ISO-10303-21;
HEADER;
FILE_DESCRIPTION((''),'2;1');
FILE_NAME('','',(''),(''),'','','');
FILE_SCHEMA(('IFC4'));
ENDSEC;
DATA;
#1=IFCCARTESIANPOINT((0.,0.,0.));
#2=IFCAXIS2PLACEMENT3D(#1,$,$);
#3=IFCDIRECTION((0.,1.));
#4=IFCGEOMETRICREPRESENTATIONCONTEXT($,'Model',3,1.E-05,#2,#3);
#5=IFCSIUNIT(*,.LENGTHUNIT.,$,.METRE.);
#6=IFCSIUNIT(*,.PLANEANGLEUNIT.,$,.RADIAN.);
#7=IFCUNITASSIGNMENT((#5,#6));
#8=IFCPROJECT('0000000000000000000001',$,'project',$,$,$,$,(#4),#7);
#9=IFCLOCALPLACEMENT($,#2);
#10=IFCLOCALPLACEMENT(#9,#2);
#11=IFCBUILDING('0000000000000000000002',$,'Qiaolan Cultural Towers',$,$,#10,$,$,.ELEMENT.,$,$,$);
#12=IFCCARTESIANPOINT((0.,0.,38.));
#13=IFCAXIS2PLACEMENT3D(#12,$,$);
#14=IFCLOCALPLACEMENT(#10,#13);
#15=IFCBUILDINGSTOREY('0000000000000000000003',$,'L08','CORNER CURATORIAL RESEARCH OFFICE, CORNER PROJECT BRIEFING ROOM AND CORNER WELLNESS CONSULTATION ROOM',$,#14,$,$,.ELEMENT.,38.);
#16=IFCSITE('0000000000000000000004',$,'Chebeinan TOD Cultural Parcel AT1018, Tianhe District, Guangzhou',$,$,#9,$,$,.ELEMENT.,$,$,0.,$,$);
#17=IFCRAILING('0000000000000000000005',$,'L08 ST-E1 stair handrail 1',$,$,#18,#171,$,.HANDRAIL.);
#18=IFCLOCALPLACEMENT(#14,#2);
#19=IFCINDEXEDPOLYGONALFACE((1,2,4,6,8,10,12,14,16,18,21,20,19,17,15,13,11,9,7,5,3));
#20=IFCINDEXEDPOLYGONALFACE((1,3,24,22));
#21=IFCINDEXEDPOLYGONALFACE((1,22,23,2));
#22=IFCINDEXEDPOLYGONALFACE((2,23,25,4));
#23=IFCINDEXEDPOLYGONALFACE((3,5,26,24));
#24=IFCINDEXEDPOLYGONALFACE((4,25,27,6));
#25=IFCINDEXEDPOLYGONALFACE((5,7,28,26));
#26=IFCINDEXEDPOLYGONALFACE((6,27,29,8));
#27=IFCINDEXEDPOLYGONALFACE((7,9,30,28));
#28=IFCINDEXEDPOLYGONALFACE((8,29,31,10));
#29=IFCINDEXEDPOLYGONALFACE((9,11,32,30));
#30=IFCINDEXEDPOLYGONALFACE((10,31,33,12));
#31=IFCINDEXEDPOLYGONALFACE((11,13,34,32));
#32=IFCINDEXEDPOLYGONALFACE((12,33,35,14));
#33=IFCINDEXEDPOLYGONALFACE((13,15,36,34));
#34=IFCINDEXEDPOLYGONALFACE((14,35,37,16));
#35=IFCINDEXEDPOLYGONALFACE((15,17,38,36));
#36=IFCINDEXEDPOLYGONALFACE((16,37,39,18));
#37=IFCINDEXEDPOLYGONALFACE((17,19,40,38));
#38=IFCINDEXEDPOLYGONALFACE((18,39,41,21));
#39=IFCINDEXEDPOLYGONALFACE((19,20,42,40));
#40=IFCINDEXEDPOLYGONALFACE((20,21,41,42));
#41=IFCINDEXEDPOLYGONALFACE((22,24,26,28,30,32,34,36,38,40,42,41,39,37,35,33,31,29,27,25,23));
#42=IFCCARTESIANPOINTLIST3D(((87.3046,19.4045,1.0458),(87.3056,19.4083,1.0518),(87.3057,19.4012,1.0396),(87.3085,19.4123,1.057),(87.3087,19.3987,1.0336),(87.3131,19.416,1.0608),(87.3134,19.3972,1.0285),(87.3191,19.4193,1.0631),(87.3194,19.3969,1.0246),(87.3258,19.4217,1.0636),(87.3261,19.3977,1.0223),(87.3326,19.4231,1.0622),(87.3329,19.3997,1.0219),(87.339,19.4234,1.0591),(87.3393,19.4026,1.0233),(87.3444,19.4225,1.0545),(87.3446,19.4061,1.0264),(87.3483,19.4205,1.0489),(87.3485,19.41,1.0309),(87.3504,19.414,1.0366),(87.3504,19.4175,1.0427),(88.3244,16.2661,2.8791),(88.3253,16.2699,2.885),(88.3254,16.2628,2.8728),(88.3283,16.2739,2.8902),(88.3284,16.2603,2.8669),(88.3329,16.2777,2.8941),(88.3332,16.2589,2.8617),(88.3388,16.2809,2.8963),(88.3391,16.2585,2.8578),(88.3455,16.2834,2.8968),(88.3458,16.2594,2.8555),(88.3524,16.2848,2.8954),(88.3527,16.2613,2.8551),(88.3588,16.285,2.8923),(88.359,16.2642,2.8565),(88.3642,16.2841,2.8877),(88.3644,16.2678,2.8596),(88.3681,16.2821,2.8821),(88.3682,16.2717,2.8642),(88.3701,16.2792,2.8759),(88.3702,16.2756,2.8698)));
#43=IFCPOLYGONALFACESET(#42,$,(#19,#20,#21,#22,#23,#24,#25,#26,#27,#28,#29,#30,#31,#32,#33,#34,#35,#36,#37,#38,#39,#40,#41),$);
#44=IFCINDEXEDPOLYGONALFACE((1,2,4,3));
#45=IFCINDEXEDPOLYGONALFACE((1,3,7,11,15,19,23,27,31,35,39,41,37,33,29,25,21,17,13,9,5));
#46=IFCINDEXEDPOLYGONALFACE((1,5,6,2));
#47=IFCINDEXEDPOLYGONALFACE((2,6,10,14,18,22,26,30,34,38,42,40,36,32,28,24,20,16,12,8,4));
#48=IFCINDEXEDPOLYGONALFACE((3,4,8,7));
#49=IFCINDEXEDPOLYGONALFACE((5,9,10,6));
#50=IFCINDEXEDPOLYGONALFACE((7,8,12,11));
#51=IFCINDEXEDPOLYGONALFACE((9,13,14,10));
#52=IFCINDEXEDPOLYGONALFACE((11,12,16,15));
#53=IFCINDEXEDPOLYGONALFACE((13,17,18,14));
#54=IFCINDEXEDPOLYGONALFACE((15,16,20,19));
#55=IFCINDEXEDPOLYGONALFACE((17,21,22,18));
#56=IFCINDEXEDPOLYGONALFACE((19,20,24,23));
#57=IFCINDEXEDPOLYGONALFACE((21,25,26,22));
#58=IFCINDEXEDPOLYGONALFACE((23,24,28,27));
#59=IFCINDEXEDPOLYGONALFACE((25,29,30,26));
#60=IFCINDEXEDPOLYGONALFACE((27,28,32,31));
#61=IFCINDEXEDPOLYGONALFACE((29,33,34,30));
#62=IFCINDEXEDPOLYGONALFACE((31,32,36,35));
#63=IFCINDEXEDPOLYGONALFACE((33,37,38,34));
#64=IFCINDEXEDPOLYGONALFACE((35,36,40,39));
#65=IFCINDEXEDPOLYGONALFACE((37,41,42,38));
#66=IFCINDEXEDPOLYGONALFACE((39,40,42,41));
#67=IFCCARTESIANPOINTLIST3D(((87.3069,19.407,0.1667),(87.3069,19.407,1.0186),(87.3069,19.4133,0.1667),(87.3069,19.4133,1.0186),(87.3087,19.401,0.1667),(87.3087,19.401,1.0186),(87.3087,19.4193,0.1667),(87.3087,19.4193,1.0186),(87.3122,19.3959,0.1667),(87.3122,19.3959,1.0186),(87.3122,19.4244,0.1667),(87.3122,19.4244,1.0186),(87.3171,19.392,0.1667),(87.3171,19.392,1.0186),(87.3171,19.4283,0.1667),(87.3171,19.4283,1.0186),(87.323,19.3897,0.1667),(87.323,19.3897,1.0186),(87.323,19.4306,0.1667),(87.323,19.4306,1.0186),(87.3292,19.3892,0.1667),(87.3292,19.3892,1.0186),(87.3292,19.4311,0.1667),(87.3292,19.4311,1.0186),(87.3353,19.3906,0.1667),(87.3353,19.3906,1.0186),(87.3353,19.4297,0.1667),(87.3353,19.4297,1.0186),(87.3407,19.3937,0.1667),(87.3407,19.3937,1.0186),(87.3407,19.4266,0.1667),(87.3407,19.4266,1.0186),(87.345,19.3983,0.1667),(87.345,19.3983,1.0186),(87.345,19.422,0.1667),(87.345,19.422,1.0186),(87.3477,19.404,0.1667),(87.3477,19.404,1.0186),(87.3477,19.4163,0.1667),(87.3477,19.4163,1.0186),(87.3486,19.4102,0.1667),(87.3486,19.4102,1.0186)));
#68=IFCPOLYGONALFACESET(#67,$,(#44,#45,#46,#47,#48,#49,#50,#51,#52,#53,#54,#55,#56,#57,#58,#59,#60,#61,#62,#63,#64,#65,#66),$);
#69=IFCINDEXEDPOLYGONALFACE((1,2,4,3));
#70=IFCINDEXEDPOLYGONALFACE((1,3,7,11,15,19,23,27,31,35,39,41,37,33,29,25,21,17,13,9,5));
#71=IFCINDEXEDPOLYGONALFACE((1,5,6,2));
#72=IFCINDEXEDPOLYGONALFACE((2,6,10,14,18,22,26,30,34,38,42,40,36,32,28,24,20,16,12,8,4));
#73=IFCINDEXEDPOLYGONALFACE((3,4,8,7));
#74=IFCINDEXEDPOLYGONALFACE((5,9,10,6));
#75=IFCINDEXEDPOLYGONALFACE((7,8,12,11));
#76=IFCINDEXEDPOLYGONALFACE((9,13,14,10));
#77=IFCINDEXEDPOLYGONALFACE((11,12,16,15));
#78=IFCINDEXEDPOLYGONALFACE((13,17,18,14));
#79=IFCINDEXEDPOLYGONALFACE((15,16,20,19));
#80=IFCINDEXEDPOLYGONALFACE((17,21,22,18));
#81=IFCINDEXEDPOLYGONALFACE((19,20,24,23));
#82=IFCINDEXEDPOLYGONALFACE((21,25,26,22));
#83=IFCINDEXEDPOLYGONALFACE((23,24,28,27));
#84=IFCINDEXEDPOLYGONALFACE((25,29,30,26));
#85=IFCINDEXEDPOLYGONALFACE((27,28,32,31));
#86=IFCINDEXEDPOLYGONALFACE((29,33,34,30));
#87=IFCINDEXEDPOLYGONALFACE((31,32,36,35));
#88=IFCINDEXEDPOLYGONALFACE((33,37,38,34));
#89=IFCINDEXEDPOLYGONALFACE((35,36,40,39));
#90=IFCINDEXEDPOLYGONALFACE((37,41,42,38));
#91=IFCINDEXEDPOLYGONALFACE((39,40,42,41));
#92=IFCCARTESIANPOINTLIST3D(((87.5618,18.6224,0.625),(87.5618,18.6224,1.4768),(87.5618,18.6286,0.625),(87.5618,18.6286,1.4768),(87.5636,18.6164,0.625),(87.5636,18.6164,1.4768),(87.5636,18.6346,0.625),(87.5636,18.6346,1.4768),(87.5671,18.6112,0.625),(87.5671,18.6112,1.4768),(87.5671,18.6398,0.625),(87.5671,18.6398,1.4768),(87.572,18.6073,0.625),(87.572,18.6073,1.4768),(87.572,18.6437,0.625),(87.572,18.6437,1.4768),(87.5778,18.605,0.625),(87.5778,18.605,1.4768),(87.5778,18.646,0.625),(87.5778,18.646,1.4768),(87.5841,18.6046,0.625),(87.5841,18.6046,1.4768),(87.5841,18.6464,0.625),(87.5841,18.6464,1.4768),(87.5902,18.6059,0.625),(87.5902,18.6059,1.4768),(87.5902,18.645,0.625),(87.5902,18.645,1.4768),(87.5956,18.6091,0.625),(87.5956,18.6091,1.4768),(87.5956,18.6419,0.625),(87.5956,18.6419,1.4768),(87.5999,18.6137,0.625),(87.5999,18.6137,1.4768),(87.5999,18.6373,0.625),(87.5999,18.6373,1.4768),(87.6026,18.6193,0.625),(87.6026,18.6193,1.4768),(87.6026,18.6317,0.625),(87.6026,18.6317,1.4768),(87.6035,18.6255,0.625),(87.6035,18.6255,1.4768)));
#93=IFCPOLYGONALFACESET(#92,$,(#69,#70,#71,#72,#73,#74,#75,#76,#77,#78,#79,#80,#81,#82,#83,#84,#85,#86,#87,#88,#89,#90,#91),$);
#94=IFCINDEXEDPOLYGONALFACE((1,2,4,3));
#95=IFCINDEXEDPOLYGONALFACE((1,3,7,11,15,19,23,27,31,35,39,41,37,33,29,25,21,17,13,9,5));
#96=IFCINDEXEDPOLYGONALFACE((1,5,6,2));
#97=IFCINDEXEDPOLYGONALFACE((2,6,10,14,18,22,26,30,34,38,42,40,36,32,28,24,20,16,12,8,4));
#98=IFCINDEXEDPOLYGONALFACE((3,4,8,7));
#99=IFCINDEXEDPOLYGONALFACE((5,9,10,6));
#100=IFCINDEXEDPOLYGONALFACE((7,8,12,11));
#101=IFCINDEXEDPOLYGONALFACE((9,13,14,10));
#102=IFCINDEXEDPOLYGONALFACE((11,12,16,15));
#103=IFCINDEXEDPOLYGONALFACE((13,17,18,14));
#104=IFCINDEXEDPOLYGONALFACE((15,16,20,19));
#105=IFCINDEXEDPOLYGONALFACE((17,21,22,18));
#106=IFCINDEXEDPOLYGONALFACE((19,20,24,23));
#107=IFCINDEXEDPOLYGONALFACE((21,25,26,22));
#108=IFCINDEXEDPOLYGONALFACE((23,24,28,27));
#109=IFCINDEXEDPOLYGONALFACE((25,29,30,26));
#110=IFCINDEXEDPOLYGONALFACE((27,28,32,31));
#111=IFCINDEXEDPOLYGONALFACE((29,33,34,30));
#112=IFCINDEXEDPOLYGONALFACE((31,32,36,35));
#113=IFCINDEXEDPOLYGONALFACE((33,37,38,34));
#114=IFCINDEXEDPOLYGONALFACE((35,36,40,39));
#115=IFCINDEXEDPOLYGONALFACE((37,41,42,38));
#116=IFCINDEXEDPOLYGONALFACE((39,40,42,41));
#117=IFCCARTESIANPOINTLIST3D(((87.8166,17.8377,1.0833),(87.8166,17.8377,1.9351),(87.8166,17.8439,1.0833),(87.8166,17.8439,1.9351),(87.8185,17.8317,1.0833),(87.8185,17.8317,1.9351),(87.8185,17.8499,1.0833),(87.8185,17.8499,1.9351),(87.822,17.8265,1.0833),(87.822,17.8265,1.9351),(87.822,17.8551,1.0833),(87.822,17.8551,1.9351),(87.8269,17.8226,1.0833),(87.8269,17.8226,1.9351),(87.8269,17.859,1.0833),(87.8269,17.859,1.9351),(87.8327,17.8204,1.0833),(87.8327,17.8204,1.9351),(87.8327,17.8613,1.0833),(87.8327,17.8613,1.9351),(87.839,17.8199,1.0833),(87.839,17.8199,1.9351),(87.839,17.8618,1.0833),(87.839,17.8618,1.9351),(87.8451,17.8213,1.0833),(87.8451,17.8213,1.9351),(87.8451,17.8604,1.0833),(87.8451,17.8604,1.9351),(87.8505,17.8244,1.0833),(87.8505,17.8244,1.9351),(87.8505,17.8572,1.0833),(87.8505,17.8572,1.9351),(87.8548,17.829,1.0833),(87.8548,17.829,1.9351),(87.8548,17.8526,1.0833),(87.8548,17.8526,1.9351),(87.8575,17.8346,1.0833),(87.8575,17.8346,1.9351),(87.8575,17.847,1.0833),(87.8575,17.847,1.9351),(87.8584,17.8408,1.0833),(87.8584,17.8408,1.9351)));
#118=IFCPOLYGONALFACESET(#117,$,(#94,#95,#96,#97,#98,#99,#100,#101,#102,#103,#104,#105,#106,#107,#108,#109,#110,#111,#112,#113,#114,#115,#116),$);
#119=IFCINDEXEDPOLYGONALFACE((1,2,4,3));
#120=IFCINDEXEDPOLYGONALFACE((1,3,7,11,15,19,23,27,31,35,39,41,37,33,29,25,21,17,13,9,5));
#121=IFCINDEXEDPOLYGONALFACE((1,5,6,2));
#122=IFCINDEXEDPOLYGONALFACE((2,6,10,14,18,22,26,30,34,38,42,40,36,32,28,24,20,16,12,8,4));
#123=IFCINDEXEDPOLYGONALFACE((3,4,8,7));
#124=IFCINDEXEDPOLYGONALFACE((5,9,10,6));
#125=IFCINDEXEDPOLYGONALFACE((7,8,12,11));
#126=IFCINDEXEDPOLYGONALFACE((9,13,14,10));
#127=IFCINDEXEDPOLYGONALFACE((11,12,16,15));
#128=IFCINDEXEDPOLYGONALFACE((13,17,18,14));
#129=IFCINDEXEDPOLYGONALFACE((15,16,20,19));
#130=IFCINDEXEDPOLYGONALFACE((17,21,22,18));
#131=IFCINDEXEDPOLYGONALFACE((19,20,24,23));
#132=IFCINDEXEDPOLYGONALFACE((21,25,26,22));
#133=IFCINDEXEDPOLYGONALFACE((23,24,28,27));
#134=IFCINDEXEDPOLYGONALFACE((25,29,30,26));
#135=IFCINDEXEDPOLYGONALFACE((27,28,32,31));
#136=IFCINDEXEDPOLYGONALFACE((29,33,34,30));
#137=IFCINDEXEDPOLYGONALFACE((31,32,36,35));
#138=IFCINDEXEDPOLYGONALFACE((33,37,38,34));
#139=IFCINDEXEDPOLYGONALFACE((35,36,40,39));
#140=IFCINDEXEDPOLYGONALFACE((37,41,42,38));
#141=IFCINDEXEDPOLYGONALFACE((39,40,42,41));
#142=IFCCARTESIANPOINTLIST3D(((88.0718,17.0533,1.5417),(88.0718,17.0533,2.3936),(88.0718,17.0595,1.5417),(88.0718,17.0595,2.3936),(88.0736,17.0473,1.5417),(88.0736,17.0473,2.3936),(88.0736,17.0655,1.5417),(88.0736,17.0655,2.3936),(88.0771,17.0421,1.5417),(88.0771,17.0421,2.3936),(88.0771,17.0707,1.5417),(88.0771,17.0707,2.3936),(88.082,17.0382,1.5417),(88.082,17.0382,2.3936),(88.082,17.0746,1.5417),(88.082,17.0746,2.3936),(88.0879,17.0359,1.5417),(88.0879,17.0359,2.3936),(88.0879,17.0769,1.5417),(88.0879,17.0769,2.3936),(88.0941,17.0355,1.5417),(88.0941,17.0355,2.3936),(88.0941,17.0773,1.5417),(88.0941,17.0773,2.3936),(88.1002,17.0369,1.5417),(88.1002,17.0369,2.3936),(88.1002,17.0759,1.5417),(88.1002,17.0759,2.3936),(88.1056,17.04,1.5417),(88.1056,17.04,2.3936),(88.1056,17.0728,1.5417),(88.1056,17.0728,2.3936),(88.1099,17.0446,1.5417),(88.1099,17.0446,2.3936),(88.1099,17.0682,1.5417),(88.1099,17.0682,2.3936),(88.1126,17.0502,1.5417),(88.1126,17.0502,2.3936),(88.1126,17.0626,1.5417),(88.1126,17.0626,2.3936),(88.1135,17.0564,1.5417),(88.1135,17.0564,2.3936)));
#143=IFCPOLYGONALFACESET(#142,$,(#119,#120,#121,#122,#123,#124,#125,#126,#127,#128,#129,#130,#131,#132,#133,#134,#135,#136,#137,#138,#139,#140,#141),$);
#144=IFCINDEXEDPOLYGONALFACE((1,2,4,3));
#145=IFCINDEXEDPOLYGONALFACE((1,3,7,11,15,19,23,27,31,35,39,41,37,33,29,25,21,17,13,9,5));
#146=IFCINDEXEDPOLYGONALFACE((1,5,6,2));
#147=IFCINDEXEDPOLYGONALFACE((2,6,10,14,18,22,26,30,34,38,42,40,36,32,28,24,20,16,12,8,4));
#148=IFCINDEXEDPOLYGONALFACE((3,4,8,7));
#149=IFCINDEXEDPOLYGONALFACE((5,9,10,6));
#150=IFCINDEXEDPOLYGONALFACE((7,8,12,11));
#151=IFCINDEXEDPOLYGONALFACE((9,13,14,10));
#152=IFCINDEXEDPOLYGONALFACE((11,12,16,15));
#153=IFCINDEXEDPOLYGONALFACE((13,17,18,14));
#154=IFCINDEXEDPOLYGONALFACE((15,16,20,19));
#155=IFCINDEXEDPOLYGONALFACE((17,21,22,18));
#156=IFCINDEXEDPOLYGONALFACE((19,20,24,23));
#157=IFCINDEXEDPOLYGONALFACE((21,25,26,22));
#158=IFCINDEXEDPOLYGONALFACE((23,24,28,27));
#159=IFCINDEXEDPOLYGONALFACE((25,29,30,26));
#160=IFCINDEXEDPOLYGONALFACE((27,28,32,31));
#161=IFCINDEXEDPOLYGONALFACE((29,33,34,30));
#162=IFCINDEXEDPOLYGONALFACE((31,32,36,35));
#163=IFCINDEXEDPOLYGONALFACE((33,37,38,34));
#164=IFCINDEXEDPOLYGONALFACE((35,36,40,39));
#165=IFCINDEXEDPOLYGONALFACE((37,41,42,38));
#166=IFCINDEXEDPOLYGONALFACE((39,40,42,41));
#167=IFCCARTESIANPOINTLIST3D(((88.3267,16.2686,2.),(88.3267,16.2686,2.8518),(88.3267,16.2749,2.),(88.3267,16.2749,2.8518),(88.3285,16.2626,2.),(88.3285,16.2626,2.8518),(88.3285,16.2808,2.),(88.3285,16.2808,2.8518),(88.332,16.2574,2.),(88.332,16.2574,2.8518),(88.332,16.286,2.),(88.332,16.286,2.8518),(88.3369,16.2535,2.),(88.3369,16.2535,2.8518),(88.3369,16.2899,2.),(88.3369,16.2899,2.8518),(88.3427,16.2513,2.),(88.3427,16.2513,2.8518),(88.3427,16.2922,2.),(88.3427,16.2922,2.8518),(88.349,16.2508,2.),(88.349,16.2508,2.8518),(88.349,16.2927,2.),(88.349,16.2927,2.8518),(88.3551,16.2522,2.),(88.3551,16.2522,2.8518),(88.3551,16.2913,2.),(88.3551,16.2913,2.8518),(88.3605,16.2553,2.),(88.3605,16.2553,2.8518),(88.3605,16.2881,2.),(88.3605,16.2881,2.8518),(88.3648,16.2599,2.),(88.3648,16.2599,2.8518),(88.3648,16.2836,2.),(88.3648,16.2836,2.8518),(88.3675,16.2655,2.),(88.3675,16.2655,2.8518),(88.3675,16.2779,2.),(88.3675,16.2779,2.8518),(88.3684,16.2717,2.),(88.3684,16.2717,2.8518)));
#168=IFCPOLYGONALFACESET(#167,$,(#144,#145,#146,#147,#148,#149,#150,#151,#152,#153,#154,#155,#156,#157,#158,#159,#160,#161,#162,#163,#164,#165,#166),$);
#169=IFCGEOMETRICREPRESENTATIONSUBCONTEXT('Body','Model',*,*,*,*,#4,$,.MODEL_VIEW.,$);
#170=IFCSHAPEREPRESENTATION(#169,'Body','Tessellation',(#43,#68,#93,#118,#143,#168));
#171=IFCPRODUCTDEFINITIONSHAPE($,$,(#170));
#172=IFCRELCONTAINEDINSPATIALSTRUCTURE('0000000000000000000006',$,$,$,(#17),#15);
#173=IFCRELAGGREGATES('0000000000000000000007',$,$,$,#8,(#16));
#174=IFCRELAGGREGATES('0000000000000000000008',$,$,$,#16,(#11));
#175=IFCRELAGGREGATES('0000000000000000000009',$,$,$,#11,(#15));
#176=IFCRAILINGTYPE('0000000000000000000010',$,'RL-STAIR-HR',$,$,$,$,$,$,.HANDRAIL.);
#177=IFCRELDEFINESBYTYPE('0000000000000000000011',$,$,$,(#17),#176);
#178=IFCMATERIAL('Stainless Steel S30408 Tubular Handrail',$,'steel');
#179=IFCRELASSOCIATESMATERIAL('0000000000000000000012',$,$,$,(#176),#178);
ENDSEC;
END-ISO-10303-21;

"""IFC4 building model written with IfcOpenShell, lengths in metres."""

from ifc_helpers import new_model, si_unit, direction, frame, origin, origin_2d, place, context, subcontext, project, spatial, circle, extrude, material, type_object, element, save


model = new_model("IFC4")

# Units and contexts
model_context = context("Model", 3, precision=1e-05, world=origin(), true_north=direction((0.0, 1.0)))
body_context = subcontext(model_context, "Body", "Model", "MODEL_VIEW")
ifc_project = project(units=[si_unit("LENGTHUNIT", "METRE"), si_unit("PLANEANGLEUNIT", "RADIAN")], contexts=[model_context])

# Site, building, storey
site_placement = place(None, origin())
site = spatial("IfcSite", under=ifc_project, at=site_placement, Name="Chebeinan TOD Cultural Parcel AT1018, Tianhe District, Guangzhou", CompositionType="ELEMENT", RefElevation=0.0)
building_placement = place(site_placement, origin())
building = spatial("IfcBuilding", under=site, at=building_placement, Name="Qiaolan Cultural Towers", CompositionType="ELEMENT")
storey_placement = place(building_placement, frame((0.0, 0.0, 38.0)))
storey = spatial("IfcBuildingStorey", under=building, at=storey_placement, Name="L08", Description="CORNER CURATORIAL RESEARCH OFFICE, CORNER PROJECT BRIEFING ROOM AND CORNER WELLNESS CONSULTATION ROOM", CompositionType="ELEMENT", Elevation=38.0)

# Railing
ifc_material_1 = material(Name="Stainless Steel S30408 Tubular Handrail", Category="steel")
railing_type_1 = type_object("IfcRailingType", Name="RL-STAIR-HR", PredefinedType="HANDRAIL", material=ifc_material_1)
railing_1_placement = place(storey_placement, frame((87.3276, 19.4102, 0.1667)))
element("IfcRailing", 1, at=railing_1_placement, inside=storey, type_object=railing_type_1, Name="L08 ST-E1 stair handrail 1", PredefinedType="HANDRAIL", context=body_context, shape_type="SweptSolid", body=[
    extrude(circle(Radius=0.0239, at=origin_2d()), frame((0.0, 0.0, 0.876), z_axis=(0.270141, -0.831376, 0.485632), x_axis=(0.951053, 0.309028, 0.0)), (0.0, 0.0, 1.0), 3.7749),
    extrude(circle(Radius=0.021, at=origin_2d()), origin(), (0.0, 0.0, 1.0), 0.8518),
    extrude(circle(Radius=0.021, at=origin_2d()), frame((0.2549, -0.7847, 0.4583)), (0.0, 0.0, 1.0), 0.8518),
    extrude(circle(Radius=0.021, at=origin_2d()), frame((0.5098, -1.5693, 0.9165)), (0.0, 0.0, 1.0), 0.8518),
    extrude(circle(Radius=0.021, at=origin_2d()), frame((0.7649, -2.3538, 1.375)), (0.0, 0.0, 1.0), 0.8518),
    extrude(circle(Radius=0.021, at=origin_2d()), frame((1.0198, -3.1384, 1.8333)), (0.0, 0.0, 1.0), 0.8518),
])

save(model, "model.ifc")
